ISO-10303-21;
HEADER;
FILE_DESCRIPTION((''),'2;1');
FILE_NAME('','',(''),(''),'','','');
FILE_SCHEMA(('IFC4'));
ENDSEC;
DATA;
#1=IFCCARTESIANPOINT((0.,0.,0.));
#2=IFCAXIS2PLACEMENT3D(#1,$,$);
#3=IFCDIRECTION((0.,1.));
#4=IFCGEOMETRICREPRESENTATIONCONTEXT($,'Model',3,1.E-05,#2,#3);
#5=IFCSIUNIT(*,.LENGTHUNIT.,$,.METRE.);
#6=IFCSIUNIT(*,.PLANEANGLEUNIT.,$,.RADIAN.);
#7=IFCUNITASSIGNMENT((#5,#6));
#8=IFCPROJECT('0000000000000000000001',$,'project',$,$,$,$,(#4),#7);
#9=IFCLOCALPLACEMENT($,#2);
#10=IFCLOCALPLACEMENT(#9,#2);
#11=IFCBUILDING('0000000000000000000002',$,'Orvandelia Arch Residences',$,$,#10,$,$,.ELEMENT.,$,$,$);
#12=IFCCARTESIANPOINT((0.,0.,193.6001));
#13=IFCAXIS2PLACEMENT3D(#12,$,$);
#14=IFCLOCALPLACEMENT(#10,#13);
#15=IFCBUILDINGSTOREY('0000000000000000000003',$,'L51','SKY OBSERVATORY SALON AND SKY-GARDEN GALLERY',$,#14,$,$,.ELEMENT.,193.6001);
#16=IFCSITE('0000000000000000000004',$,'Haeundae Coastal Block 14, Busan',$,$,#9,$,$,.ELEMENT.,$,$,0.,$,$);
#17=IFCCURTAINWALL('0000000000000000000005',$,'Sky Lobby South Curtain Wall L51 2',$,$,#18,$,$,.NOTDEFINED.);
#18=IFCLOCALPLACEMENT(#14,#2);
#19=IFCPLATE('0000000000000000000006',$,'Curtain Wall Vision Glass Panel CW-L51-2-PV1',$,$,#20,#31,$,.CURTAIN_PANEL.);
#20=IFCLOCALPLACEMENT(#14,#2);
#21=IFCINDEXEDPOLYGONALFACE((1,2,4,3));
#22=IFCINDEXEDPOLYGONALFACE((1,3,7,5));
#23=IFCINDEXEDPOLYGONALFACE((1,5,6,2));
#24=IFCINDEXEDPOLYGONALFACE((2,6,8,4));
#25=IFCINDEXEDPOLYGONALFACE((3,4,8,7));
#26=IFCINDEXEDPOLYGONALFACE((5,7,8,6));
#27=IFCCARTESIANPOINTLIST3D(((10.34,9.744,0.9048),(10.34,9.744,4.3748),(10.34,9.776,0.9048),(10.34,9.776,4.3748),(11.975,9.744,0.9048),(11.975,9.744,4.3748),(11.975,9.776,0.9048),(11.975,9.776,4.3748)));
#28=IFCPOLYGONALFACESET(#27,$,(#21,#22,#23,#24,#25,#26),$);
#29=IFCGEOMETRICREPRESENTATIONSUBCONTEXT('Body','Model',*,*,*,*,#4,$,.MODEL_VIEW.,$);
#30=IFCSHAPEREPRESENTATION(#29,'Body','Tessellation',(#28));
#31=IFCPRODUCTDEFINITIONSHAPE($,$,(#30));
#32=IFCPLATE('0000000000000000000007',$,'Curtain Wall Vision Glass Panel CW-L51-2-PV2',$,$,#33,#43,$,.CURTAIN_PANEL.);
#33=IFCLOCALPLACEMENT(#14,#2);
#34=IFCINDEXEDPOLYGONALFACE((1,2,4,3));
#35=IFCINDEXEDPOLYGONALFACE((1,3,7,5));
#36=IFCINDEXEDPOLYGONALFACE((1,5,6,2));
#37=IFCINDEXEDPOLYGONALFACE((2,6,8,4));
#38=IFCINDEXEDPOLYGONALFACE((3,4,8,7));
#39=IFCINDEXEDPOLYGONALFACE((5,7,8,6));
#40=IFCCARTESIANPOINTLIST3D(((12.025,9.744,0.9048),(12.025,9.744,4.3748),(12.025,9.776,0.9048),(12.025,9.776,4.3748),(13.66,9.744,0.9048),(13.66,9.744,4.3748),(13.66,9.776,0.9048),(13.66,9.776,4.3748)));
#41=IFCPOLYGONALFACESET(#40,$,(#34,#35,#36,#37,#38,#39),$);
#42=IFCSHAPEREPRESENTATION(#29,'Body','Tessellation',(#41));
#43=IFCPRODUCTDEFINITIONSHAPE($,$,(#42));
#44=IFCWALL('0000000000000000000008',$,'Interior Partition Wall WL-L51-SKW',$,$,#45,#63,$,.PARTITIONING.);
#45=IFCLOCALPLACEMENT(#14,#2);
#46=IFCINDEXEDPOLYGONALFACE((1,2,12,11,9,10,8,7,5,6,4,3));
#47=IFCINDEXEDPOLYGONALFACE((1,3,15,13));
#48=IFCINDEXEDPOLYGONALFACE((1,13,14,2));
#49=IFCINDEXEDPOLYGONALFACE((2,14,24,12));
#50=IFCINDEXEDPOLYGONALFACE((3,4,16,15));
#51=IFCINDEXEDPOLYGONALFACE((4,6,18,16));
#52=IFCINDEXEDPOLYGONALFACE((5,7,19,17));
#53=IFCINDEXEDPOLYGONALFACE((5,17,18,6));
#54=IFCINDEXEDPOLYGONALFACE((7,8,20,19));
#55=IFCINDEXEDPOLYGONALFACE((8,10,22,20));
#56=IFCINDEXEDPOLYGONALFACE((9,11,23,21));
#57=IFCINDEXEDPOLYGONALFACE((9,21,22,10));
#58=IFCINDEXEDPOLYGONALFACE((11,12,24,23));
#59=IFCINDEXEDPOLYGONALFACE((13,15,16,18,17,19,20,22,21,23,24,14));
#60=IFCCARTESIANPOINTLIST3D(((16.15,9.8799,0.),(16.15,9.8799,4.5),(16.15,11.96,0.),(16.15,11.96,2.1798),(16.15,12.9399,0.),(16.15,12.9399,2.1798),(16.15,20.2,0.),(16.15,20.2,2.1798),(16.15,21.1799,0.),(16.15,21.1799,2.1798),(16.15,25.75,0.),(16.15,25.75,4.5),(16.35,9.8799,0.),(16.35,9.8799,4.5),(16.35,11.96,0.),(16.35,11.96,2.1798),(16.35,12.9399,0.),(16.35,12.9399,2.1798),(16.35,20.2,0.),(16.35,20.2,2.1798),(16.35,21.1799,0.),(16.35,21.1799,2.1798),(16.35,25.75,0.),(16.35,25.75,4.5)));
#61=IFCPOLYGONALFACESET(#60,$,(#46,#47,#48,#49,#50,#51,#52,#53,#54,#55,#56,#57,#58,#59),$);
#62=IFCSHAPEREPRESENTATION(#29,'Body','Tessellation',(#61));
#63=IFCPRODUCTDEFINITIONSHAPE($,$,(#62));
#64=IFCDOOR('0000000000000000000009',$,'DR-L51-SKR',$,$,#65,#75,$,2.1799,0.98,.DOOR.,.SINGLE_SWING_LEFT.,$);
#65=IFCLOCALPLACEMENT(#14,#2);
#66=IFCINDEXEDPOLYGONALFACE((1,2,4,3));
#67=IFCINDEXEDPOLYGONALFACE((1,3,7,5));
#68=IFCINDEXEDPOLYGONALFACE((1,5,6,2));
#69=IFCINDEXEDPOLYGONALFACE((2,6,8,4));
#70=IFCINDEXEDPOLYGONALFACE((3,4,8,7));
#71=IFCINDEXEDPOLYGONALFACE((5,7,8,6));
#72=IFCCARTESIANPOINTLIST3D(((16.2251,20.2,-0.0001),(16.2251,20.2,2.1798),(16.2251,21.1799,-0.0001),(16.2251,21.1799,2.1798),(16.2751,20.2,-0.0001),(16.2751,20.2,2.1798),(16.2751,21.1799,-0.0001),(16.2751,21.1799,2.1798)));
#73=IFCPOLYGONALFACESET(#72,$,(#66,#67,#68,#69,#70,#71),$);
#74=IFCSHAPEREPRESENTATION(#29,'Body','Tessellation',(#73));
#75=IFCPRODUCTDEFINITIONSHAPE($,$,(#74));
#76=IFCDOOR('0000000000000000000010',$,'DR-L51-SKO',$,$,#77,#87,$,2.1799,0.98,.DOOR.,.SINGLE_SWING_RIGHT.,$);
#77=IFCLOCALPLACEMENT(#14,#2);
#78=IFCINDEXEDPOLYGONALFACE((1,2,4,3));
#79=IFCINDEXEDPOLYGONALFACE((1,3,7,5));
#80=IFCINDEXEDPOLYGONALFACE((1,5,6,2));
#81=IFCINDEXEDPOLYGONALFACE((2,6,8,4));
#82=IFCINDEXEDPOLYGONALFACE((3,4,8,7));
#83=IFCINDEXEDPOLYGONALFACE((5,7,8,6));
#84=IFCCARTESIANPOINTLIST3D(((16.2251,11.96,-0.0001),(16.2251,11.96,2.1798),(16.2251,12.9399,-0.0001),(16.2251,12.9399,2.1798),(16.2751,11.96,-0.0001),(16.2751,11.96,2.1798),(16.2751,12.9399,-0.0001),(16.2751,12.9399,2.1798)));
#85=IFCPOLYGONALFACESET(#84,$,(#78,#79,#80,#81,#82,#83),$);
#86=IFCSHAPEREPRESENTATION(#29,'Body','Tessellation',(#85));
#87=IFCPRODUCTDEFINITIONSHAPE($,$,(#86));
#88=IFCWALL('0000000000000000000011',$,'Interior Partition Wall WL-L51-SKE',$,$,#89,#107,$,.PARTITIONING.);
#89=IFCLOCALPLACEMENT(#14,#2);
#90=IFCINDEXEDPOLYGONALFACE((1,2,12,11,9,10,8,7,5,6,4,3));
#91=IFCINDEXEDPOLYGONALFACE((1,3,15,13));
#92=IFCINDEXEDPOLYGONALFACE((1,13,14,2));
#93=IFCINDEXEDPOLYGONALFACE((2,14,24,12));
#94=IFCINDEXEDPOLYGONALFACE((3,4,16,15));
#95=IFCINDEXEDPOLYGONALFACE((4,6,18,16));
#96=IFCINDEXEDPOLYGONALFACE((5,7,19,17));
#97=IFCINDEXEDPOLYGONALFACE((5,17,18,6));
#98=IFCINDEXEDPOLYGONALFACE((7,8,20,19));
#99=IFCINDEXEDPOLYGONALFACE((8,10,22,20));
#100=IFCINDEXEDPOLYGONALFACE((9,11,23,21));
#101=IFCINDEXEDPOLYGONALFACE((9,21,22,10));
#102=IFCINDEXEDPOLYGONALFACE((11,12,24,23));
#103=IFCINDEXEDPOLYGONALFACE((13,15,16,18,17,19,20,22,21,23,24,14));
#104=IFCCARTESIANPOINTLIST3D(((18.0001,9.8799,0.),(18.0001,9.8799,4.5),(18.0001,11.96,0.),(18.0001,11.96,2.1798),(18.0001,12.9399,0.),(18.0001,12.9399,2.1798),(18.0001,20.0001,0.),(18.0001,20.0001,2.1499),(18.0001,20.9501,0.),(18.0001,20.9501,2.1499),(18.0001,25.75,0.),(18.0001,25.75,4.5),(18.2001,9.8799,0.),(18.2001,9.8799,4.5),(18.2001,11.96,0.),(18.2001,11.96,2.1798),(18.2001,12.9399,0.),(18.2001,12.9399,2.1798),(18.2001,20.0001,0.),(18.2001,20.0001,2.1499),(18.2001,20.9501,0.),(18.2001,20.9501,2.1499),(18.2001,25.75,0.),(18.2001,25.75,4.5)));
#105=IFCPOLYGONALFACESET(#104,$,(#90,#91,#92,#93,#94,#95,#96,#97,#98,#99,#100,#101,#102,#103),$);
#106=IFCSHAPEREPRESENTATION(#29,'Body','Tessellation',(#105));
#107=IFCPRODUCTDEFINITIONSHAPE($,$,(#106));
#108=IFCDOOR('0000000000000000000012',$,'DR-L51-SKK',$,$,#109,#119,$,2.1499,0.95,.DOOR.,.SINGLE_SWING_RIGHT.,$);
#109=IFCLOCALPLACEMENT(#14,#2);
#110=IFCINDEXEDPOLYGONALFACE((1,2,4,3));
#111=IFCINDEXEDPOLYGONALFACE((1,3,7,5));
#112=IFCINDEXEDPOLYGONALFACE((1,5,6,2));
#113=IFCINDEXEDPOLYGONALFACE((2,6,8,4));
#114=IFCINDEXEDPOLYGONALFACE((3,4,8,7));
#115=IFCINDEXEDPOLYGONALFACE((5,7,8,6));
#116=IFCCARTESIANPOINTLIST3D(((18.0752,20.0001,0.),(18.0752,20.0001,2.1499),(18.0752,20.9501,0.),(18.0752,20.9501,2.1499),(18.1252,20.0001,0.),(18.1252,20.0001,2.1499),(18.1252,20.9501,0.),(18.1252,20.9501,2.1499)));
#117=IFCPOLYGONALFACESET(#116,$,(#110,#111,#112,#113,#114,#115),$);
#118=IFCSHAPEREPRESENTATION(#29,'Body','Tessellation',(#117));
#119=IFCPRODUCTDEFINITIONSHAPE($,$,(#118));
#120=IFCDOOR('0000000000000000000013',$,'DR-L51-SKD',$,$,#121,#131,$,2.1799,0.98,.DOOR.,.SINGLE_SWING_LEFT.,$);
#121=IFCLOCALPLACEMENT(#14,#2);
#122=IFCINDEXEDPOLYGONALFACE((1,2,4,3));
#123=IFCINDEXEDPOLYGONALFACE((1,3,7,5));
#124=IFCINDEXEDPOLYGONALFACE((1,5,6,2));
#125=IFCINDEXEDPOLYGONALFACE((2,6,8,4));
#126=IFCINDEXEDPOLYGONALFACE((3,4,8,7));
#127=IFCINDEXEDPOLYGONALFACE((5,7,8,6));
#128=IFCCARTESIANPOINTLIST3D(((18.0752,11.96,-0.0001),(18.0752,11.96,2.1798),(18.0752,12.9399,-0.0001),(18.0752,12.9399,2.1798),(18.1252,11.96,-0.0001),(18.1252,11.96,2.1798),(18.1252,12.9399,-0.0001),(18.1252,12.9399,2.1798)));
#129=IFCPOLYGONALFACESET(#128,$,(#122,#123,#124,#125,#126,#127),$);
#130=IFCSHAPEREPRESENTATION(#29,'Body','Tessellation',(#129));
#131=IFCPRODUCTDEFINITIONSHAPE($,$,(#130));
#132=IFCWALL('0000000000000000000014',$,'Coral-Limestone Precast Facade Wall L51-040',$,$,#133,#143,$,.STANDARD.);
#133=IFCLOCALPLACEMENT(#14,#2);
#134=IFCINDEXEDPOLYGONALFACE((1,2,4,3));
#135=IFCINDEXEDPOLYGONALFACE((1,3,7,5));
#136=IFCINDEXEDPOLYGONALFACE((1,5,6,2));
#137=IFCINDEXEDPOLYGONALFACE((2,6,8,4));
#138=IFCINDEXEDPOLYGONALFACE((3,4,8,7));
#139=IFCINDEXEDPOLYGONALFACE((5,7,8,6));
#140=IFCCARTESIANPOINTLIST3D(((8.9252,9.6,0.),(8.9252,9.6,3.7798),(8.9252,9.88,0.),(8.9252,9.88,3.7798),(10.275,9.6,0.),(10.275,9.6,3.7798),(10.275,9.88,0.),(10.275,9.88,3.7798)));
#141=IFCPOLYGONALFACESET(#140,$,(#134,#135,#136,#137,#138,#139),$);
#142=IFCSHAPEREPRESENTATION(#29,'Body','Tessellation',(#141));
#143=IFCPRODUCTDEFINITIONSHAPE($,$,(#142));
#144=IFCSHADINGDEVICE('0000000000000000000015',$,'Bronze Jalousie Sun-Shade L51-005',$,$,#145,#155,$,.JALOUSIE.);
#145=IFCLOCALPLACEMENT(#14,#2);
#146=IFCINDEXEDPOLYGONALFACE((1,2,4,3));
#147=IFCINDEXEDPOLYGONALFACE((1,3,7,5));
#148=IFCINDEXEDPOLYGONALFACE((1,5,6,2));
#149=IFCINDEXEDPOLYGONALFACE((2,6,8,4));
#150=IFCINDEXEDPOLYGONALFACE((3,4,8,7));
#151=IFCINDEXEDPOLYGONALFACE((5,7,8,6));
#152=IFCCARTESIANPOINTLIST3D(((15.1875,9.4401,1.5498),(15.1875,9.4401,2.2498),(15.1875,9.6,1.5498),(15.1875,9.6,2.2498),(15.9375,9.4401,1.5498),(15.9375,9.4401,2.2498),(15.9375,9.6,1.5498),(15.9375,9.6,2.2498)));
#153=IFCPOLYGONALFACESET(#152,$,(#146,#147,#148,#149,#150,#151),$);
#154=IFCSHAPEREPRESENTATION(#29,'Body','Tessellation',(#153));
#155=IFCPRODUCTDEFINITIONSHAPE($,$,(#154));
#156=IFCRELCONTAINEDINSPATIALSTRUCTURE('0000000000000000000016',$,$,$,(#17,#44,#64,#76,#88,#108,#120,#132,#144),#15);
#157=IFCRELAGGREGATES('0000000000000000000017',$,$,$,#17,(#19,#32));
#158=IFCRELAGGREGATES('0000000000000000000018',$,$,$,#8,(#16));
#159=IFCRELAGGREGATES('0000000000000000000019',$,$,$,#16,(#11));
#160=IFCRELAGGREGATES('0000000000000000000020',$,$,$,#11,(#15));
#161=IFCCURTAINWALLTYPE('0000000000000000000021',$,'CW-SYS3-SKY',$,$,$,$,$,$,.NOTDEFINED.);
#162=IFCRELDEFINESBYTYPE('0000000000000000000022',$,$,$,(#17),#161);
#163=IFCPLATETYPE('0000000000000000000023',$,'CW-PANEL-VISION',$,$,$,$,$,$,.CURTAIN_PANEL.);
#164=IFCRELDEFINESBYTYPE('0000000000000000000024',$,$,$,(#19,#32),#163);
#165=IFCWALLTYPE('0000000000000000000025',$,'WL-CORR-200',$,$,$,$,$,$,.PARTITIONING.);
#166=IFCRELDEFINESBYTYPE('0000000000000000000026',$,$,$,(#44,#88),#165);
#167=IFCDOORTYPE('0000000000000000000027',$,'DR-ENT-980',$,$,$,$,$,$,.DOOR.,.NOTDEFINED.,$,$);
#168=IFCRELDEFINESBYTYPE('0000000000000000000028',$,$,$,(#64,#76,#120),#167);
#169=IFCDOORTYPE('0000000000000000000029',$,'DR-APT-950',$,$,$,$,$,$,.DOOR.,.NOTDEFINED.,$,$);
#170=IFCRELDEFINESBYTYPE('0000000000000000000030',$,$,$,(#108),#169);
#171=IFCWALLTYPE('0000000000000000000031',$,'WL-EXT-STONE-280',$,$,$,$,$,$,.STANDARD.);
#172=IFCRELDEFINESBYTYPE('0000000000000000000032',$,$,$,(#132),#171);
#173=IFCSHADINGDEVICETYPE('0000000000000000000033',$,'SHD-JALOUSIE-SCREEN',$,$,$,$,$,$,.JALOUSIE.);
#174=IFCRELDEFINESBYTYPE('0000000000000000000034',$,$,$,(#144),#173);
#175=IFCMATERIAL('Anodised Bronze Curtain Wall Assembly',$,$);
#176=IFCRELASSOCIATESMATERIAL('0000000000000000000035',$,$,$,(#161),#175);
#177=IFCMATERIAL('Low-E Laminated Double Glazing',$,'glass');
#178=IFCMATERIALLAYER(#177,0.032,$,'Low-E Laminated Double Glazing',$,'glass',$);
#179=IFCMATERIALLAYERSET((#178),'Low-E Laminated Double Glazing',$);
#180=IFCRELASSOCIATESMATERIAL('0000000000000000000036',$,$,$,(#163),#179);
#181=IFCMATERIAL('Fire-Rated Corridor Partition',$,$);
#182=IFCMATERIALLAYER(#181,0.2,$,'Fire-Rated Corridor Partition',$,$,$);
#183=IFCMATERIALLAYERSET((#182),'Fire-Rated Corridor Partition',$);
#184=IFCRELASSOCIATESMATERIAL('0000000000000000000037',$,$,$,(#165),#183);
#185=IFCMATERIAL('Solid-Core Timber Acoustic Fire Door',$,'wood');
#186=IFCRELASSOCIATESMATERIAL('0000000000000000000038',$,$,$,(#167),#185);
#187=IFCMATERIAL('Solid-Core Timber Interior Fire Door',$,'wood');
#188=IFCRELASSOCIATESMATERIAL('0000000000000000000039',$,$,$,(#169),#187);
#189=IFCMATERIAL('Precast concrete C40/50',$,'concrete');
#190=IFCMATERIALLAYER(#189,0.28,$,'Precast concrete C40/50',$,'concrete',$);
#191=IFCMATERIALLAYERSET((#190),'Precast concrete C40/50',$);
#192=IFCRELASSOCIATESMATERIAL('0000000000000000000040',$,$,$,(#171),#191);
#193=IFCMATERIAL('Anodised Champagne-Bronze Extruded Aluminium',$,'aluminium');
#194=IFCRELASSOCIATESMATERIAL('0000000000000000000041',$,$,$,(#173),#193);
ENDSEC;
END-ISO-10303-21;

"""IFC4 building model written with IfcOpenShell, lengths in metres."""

from ifc_helpers import new_model, si_unit, direction, frame, frame_2d, origin, origin_2d, place, context, subcontext, project, spatial, rectangle, extrude, material, layer, layer_set, type_object, element, fill, aggregate, save


model = new_model("IFC4")

# Units and contexts
model_context = context("Model", 3, precision=1e-05, world=origin(), true_north=direction((0.0, 1.0)))
body_context = subcontext(model_context, "Body", "Model", "MODEL_VIEW")
ifc_project = project(units=[si_unit("LENGTHUNIT", "METRE"), si_unit("PLANEANGLEUNIT", "RADIAN")], contexts=[model_context])

# Site, building, storey
site_placement = place(None, origin())
site = spatial("IfcSite", under=ifc_project, at=site_placement, Name="Haeundae Coastal Block 14, Busan", CompositionType="ELEMENT", RefElevation=0.0)
building_placement = place(site_placement, origin())
building = spatial("IfcBuilding", under=site, at=building_placement, Name="Orvandelia Arch Residences", CompositionType="ELEMENT")
storey_placement = place(building_placement, frame((0.0, 0.0, 193.6001)))
storey = spatial("IfcBuildingStorey", under=building, at=storey_placement, Name="L51", Description="SKY OBSERVATORY SALON AND SKY-GARDEN GALLERY", CompositionType="ELEMENT", Elevation=193.6001)

# Shared definitions
ifc_material_1 = material(Name="Anodised Bronze Curtain Wall Assembly")
curtain_wall_type = type_object("IfcCurtainWallType", Name="CW-SYS3-SKY", PredefinedType="NOTDEFINED", material=ifc_material_1)

# Curtain wall
curtain_wall_1_placement = place(storey_placement, origin())
curtain_wall_1 = element("IfcCurtainWall", 1, at=curtain_wall_1_placement, inside=storey, type_object=curtain_wall_type, Name="Sky Lobby South Curtain Wall L51 2", PredefinedType="NOTDEFINED")

# Plates
ifc_material_2 = material(Name="Low-E Laminated Double Glazing", Category="glass")
ifc_layer_1 = layer(ifc_material_2, 0.032, Name="Low-E Laminated Double Glazing", Category="glass")
ifc_layer_set_1 = layer_set([ifc_layer_1], Name="Low-E Laminated Double Glazing")
plate_type_1 = type_object("IfcPlateType", Name="CW-PANEL-VISION", PredefinedType="CURTAIN_PANEL", material=ifc_layer_set_1)
plate_1_placement = place(storey_placement, frame((11.1575, 9.76, 0.9048), z_axis=(0.0, 0.0, 1.0), x_axis=(1.0, 0.0, 0.0)))
plate_1 = element("IfcPlate", 2, at=plate_1_placement, type_object=plate_type_1, Name="Curtain Wall Vision Glass Panel CW-L51-2-PV1", PredefinedType="CURTAIN_PANEL", context=body_context, shape_type="SweptSolid", body=[
    extrude(rectangle(XDim=1.635, YDim=0.032, at=origin_2d()), origin(), (0.0, 0.0, 1.0), 3.47),
])
plate_2_placement = place(storey_placement, frame((12.8425, 9.76, 0.9048), z_axis=(0.0, 0.0, 1.0), x_axis=(1.0, 0.0, 0.0)))
plate_2 = element("IfcPlate", 3, at=plate_2_placement, type_object=plate_type_1, Name="Curtain Wall Vision Glass Panel CW-L51-2-PV2", PredefinedType="CURTAIN_PANEL", context=body_context, shape_type="SweptSolid", body=[
    extrude(rectangle(XDim=1.635, YDim=0.032, at=origin_2d()), origin(), (0.0, 0.0, 1.0), 3.47),
])
aggregate(curtain_wall_1, [plate_1, plate_2])

# Walls, openings, doors
ifc_material_3 = material(Name="Fire-Rated Corridor Partition")
ifc_layer_2 = layer(ifc_material_3, 0.2, Name="Fire-Rated Corridor Partition")
ifc_layer_set_2 = layer_set([ifc_layer_2], Name="Fire-Rated Corridor Partition")
wall_type_1 = type_object("IfcWallType", Name="WL-CORR-200", PredefinedType="PARTITIONING", material=ifc_layer_set_2)
wall_1_placement = place(storey_placement, frame((16.25, 9.8799, 0.0), z_axis=(0.0, 0.0, 1.0), x_axis=(0.0, 1.0, 0.0)))
wall_1 = element("IfcWall", 4, at=wall_1_placement, inside=storey, type_object=wall_type_1, Name="Interior Partition Wall WL-L51-SKW", PredefinedType="PARTITIONING", context=body_context, shape_type="SweptSolid", body=[
    extrude(rectangle(XDim=15.8701, YDim=0.2, at=frame_2d((7.9351, 0.0))), origin(), (0.0, 0.0, 1.0), 4.5),
])
opening_1_placement = place(wall_1_placement, frame((10.3201, 0.0, 0.0)))
opening_1 = element("IfcOpeningElement", 5, at=opening_1_placement, cuts=wall_1, PredefinedType="OPENING", context=body_context, shape_type="SweptSolid", body=[
    extrude(rectangle(XDim=0.98, YDim=2.1799, at=frame_2d((0.49, 1.0898))), frame((0.0, 0.1099, 0.0), z_axis=(0.0, -1.0, 0.0), x_axis=(1.0, 0.0, 0.0)), (0.0, 0.0, 1.0), 0.22),
])
opening_2_placement = place(wall_1_placement, frame((2.0801, 0.0, 0.0)))
opening_2 = element("IfcOpeningElement", 6, at=opening_2_placement, cuts=wall_1, PredefinedType="OPENING", context=body_context, shape_type="SweptSolid", body=[
    extrude(rectangle(XDim=0.98, YDim=2.1799, at=frame_2d((0.49, 1.0898))), frame((0.0, 0.1099, 0.0), z_axis=(0.0, -1.0, 0.0), x_axis=(1.0, 0.0, 0.0)), (0.0, 0.0, 1.0), 0.22),
])
ifc_material_4 = material(Name="Solid-Core Timber Acoustic Fire Door", Category="wood")
door_type_1 = type_object("IfcDoorType", Name="DR-ENT-980", OperationType="NOTDEFINED", PredefinedType="DOOR", material=ifc_material_4)
door_1_placement = place(opening_1_placement, origin())
door_1 = element("IfcDoor", 7, at=door_1_placement, inside=storey, type_object=door_type_1, Name="DR-L51-SKR", OperationType="SINGLE_SWING_LEFT", OverallHeight=2.1799, OverallWidth=0.98, PredefinedType="DOOR", context=body_context, shape_type="SweptSolid", body=[
    extrude(rectangle(XDim=0.98, YDim=2.1799, at=frame_2d((0.49, 1.0898))), frame((0.0, 0.0249, 0.0), z_axis=(0.0, -1.0, 0.0), x_axis=(1.0, 0.0, 0.0)), (0.0, 0.0, 1.0), 0.05),
])
fill(opening_1, door_1)
door_2_placement = place(opening_2_placement, origin())
door_2 = element("IfcDoor", 8, at=door_2_placement, inside=storey, type_object=door_type_1, Name="DR-L51-SKO", OperationType="SINGLE_SWING_RIGHT", OverallHeight=2.1799, OverallWidth=0.98, PredefinedType="DOOR", context=body_context, shape_type="SweptSolid", body=[
    extrude(rectangle(XDim=0.98, YDim=2.1799, at=frame_2d((0.49, 1.0898))), frame((0.0, 0.0249, 0.0), z_axis=(0.0, -1.0, 0.0), x_axis=(1.0, 0.0, 0.0)), (0.0, 0.0, 1.0), 0.05),
])
fill(opening_2, door_2)
wall_2_placement = place(storey_placement, frame((18.1001, 9.8799, 0.0), z_axis=(0.0, 0.0, 1.0), x_axis=(0.0, 1.0, 0.0)))
wall_2 = element("IfcWall", 9, at=wall_2_placement, inside=storey, type_object=wall_type_1, Name="Interior Partition Wall WL-L51-SKE", PredefinedType="PARTITIONING", context=body_context, shape_type="SweptSolid", body=[
    extrude(rectangle(XDim=15.8701, YDim=0.2, at=frame_2d((7.9351, 0.0))), origin(), (0.0, 0.0, 1.0), 4.5),
])
opening_3_placement = place(wall_2_placement, frame((2.0801, 0.0, 0.0)))
opening_3 = element("IfcOpeningElement", 10, at=opening_3_placement, cuts=wall_2, PredefinedType="OPENING", context=body_context, shape_type="SweptSolid", body=[
    extrude(rectangle(XDim=0.98, YDim=2.1799, at=frame_2d((0.49, 1.0898))), frame((0.0, 0.1099, 0.0), z_axis=(0.0, -1.0, 0.0), x_axis=(1.0, 0.0, 0.0)), (0.0, 0.0, 1.0), 0.22),
])
opening_4_placement = place(wall_2_placement, frame((10.1201, 0.0, 0.0)))
opening_4 = element("IfcOpeningElement", 11, at=opening_4_placement, cuts=wall_2, PredefinedType="OPENING", context=body_context, shape_type="SweptSolid", body=[
    extrude(rectangle(XDim=0.95, YDim=2.1499, at=frame_2d((0.4751, 1.075))), frame((0.0, 0.1099, 0.0), z_axis=(0.0, -1.0, 0.0), x_axis=(1.0, 0.0, 0.0)), (0.0, 0.0, 1.0), 0.22),
])
ifc_material_5 = material(Name="Solid-Core Timber Interior Fire Door", Category="wood")
door_type_2 = type_object("IfcDoorType", Name="DR-APT-950", OperationType="NOTDEFINED", PredefinedType="DOOR", material=ifc_material_5)
door_3_placement = place(opening_4_placement, origin())
door_3 = element("IfcDoor", 12, at=door_3_placement, inside=storey, type_object=door_type_2, Name="DR-L51-SKK", OperationType="SINGLE_SWING_RIGHT", OverallHeight=2.1499, OverallWidth=0.95, PredefinedType="DOOR", context=body_context, shape_type="SweptSolid", body=[
    extrude(rectangle(XDim=0.95, YDim=2.1499, at=frame_2d((0.4751, 1.075))), frame((0.0, 0.0249, 0.0), z_axis=(0.0, -1.0, 0.0), x_axis=(1.0, 0.0, 0.0)), (0.0, 0.0, 1.0), 0.05),
])
fill(opening_4, door_3)
door_4_placement = place(opening_3_placement, origin())
door_4 = element("IfcDoor", 13, at=door_4_placement, inside=storey, type_object=door_type_1, Name="DR-L51-SKD", OperationType="SINGLE_SWING_LEFT", OverallHeight=2.1799, OverallWidth=0.98, PredefinedType="DOOR", context=body_context, shape_type="SweptSolid", body=[
    extrude(rectangle(XDim=0.98, YDim=2.1799, at=frame_2d((0.49, 1.0898))), frame((0.0, 0.0249, 0.0), z_axis=(0.0, -1.0, 0.0), x_axis=(1.0, 0.0, 0.0)), (0.0, 0.0, 1.0), 0.05),
])
fill(opening_3, door_4)

# Wall
ifc_material_6 = material(Name="Precast concrete C40/50", Category="concrete")
ifc_layer_3 = layer(ifc_material_6, 0.28, Name="Precast concrete C40/50", Category="concrete")
ifc_layer_set_3 = layer_set([ifc_layer_3], Name="Precast concrete C40/50")
wall_type_2 = type_object("IfcWallType", Name="WL-EXT-STONE-280", PredefinedType="STANDARD", material=ifc_layer_set_3)
wall_3_placement = place(storey_placement, frame((10.2749, 9.74, 0.0), z_axis=(0.0, 0.0, 1.0), x_axis=(-1.0, 0.0, 0.0)))
element("IfcWall", 14, at=wall_3_placement, inside=storey, type_object=wall_type_2, Name="Coral-Limestone Precast Facade Wall L51-040", PredefinedType="STANDARD", context=body_context, shape_type="SweptSolid", body=[
    extrude(rectangle(XDim=1.3499, YDim=0.28, at=frame_2d((0.6748, 0.0))), origin(), (0.0, 0.0, 1.0), 3.7798),
])

# Shading device
ifc_material_7 = material(Name="Anodised Champagne-Bronze Extruded Aluminium", Category="aluminium")
shading_device_type = type_object("IfcShadingDeviceType", Name="SHD-JALOUSIE-SCREEN", PredefinedType="JALOUSIE", material=ifc_material_7)
shading_device_placement = place(storey_placement, frame((15.5625, 9.52, 1.5498), z_axis=(0.0, 0.0, 1.0), x_axis=(-1.0, 0.0, 0.0)))
element("IfcShadingDevice", 15, at=shading_device_placement, inside=storey, type_object=shading_device_type, Name="Bronze Jalousie Sun-Shade L51-005", PredefinedType="JALOUSIE", context=body_context, shape_type="SweptSolid", body=[
    extrude(rectangle(XDim=0.75, YDim=0.1599, at=origin_2d()), origin(), (0.0, 0.0, 1.0), 0.7),
])

save(model, "model.ifc")
